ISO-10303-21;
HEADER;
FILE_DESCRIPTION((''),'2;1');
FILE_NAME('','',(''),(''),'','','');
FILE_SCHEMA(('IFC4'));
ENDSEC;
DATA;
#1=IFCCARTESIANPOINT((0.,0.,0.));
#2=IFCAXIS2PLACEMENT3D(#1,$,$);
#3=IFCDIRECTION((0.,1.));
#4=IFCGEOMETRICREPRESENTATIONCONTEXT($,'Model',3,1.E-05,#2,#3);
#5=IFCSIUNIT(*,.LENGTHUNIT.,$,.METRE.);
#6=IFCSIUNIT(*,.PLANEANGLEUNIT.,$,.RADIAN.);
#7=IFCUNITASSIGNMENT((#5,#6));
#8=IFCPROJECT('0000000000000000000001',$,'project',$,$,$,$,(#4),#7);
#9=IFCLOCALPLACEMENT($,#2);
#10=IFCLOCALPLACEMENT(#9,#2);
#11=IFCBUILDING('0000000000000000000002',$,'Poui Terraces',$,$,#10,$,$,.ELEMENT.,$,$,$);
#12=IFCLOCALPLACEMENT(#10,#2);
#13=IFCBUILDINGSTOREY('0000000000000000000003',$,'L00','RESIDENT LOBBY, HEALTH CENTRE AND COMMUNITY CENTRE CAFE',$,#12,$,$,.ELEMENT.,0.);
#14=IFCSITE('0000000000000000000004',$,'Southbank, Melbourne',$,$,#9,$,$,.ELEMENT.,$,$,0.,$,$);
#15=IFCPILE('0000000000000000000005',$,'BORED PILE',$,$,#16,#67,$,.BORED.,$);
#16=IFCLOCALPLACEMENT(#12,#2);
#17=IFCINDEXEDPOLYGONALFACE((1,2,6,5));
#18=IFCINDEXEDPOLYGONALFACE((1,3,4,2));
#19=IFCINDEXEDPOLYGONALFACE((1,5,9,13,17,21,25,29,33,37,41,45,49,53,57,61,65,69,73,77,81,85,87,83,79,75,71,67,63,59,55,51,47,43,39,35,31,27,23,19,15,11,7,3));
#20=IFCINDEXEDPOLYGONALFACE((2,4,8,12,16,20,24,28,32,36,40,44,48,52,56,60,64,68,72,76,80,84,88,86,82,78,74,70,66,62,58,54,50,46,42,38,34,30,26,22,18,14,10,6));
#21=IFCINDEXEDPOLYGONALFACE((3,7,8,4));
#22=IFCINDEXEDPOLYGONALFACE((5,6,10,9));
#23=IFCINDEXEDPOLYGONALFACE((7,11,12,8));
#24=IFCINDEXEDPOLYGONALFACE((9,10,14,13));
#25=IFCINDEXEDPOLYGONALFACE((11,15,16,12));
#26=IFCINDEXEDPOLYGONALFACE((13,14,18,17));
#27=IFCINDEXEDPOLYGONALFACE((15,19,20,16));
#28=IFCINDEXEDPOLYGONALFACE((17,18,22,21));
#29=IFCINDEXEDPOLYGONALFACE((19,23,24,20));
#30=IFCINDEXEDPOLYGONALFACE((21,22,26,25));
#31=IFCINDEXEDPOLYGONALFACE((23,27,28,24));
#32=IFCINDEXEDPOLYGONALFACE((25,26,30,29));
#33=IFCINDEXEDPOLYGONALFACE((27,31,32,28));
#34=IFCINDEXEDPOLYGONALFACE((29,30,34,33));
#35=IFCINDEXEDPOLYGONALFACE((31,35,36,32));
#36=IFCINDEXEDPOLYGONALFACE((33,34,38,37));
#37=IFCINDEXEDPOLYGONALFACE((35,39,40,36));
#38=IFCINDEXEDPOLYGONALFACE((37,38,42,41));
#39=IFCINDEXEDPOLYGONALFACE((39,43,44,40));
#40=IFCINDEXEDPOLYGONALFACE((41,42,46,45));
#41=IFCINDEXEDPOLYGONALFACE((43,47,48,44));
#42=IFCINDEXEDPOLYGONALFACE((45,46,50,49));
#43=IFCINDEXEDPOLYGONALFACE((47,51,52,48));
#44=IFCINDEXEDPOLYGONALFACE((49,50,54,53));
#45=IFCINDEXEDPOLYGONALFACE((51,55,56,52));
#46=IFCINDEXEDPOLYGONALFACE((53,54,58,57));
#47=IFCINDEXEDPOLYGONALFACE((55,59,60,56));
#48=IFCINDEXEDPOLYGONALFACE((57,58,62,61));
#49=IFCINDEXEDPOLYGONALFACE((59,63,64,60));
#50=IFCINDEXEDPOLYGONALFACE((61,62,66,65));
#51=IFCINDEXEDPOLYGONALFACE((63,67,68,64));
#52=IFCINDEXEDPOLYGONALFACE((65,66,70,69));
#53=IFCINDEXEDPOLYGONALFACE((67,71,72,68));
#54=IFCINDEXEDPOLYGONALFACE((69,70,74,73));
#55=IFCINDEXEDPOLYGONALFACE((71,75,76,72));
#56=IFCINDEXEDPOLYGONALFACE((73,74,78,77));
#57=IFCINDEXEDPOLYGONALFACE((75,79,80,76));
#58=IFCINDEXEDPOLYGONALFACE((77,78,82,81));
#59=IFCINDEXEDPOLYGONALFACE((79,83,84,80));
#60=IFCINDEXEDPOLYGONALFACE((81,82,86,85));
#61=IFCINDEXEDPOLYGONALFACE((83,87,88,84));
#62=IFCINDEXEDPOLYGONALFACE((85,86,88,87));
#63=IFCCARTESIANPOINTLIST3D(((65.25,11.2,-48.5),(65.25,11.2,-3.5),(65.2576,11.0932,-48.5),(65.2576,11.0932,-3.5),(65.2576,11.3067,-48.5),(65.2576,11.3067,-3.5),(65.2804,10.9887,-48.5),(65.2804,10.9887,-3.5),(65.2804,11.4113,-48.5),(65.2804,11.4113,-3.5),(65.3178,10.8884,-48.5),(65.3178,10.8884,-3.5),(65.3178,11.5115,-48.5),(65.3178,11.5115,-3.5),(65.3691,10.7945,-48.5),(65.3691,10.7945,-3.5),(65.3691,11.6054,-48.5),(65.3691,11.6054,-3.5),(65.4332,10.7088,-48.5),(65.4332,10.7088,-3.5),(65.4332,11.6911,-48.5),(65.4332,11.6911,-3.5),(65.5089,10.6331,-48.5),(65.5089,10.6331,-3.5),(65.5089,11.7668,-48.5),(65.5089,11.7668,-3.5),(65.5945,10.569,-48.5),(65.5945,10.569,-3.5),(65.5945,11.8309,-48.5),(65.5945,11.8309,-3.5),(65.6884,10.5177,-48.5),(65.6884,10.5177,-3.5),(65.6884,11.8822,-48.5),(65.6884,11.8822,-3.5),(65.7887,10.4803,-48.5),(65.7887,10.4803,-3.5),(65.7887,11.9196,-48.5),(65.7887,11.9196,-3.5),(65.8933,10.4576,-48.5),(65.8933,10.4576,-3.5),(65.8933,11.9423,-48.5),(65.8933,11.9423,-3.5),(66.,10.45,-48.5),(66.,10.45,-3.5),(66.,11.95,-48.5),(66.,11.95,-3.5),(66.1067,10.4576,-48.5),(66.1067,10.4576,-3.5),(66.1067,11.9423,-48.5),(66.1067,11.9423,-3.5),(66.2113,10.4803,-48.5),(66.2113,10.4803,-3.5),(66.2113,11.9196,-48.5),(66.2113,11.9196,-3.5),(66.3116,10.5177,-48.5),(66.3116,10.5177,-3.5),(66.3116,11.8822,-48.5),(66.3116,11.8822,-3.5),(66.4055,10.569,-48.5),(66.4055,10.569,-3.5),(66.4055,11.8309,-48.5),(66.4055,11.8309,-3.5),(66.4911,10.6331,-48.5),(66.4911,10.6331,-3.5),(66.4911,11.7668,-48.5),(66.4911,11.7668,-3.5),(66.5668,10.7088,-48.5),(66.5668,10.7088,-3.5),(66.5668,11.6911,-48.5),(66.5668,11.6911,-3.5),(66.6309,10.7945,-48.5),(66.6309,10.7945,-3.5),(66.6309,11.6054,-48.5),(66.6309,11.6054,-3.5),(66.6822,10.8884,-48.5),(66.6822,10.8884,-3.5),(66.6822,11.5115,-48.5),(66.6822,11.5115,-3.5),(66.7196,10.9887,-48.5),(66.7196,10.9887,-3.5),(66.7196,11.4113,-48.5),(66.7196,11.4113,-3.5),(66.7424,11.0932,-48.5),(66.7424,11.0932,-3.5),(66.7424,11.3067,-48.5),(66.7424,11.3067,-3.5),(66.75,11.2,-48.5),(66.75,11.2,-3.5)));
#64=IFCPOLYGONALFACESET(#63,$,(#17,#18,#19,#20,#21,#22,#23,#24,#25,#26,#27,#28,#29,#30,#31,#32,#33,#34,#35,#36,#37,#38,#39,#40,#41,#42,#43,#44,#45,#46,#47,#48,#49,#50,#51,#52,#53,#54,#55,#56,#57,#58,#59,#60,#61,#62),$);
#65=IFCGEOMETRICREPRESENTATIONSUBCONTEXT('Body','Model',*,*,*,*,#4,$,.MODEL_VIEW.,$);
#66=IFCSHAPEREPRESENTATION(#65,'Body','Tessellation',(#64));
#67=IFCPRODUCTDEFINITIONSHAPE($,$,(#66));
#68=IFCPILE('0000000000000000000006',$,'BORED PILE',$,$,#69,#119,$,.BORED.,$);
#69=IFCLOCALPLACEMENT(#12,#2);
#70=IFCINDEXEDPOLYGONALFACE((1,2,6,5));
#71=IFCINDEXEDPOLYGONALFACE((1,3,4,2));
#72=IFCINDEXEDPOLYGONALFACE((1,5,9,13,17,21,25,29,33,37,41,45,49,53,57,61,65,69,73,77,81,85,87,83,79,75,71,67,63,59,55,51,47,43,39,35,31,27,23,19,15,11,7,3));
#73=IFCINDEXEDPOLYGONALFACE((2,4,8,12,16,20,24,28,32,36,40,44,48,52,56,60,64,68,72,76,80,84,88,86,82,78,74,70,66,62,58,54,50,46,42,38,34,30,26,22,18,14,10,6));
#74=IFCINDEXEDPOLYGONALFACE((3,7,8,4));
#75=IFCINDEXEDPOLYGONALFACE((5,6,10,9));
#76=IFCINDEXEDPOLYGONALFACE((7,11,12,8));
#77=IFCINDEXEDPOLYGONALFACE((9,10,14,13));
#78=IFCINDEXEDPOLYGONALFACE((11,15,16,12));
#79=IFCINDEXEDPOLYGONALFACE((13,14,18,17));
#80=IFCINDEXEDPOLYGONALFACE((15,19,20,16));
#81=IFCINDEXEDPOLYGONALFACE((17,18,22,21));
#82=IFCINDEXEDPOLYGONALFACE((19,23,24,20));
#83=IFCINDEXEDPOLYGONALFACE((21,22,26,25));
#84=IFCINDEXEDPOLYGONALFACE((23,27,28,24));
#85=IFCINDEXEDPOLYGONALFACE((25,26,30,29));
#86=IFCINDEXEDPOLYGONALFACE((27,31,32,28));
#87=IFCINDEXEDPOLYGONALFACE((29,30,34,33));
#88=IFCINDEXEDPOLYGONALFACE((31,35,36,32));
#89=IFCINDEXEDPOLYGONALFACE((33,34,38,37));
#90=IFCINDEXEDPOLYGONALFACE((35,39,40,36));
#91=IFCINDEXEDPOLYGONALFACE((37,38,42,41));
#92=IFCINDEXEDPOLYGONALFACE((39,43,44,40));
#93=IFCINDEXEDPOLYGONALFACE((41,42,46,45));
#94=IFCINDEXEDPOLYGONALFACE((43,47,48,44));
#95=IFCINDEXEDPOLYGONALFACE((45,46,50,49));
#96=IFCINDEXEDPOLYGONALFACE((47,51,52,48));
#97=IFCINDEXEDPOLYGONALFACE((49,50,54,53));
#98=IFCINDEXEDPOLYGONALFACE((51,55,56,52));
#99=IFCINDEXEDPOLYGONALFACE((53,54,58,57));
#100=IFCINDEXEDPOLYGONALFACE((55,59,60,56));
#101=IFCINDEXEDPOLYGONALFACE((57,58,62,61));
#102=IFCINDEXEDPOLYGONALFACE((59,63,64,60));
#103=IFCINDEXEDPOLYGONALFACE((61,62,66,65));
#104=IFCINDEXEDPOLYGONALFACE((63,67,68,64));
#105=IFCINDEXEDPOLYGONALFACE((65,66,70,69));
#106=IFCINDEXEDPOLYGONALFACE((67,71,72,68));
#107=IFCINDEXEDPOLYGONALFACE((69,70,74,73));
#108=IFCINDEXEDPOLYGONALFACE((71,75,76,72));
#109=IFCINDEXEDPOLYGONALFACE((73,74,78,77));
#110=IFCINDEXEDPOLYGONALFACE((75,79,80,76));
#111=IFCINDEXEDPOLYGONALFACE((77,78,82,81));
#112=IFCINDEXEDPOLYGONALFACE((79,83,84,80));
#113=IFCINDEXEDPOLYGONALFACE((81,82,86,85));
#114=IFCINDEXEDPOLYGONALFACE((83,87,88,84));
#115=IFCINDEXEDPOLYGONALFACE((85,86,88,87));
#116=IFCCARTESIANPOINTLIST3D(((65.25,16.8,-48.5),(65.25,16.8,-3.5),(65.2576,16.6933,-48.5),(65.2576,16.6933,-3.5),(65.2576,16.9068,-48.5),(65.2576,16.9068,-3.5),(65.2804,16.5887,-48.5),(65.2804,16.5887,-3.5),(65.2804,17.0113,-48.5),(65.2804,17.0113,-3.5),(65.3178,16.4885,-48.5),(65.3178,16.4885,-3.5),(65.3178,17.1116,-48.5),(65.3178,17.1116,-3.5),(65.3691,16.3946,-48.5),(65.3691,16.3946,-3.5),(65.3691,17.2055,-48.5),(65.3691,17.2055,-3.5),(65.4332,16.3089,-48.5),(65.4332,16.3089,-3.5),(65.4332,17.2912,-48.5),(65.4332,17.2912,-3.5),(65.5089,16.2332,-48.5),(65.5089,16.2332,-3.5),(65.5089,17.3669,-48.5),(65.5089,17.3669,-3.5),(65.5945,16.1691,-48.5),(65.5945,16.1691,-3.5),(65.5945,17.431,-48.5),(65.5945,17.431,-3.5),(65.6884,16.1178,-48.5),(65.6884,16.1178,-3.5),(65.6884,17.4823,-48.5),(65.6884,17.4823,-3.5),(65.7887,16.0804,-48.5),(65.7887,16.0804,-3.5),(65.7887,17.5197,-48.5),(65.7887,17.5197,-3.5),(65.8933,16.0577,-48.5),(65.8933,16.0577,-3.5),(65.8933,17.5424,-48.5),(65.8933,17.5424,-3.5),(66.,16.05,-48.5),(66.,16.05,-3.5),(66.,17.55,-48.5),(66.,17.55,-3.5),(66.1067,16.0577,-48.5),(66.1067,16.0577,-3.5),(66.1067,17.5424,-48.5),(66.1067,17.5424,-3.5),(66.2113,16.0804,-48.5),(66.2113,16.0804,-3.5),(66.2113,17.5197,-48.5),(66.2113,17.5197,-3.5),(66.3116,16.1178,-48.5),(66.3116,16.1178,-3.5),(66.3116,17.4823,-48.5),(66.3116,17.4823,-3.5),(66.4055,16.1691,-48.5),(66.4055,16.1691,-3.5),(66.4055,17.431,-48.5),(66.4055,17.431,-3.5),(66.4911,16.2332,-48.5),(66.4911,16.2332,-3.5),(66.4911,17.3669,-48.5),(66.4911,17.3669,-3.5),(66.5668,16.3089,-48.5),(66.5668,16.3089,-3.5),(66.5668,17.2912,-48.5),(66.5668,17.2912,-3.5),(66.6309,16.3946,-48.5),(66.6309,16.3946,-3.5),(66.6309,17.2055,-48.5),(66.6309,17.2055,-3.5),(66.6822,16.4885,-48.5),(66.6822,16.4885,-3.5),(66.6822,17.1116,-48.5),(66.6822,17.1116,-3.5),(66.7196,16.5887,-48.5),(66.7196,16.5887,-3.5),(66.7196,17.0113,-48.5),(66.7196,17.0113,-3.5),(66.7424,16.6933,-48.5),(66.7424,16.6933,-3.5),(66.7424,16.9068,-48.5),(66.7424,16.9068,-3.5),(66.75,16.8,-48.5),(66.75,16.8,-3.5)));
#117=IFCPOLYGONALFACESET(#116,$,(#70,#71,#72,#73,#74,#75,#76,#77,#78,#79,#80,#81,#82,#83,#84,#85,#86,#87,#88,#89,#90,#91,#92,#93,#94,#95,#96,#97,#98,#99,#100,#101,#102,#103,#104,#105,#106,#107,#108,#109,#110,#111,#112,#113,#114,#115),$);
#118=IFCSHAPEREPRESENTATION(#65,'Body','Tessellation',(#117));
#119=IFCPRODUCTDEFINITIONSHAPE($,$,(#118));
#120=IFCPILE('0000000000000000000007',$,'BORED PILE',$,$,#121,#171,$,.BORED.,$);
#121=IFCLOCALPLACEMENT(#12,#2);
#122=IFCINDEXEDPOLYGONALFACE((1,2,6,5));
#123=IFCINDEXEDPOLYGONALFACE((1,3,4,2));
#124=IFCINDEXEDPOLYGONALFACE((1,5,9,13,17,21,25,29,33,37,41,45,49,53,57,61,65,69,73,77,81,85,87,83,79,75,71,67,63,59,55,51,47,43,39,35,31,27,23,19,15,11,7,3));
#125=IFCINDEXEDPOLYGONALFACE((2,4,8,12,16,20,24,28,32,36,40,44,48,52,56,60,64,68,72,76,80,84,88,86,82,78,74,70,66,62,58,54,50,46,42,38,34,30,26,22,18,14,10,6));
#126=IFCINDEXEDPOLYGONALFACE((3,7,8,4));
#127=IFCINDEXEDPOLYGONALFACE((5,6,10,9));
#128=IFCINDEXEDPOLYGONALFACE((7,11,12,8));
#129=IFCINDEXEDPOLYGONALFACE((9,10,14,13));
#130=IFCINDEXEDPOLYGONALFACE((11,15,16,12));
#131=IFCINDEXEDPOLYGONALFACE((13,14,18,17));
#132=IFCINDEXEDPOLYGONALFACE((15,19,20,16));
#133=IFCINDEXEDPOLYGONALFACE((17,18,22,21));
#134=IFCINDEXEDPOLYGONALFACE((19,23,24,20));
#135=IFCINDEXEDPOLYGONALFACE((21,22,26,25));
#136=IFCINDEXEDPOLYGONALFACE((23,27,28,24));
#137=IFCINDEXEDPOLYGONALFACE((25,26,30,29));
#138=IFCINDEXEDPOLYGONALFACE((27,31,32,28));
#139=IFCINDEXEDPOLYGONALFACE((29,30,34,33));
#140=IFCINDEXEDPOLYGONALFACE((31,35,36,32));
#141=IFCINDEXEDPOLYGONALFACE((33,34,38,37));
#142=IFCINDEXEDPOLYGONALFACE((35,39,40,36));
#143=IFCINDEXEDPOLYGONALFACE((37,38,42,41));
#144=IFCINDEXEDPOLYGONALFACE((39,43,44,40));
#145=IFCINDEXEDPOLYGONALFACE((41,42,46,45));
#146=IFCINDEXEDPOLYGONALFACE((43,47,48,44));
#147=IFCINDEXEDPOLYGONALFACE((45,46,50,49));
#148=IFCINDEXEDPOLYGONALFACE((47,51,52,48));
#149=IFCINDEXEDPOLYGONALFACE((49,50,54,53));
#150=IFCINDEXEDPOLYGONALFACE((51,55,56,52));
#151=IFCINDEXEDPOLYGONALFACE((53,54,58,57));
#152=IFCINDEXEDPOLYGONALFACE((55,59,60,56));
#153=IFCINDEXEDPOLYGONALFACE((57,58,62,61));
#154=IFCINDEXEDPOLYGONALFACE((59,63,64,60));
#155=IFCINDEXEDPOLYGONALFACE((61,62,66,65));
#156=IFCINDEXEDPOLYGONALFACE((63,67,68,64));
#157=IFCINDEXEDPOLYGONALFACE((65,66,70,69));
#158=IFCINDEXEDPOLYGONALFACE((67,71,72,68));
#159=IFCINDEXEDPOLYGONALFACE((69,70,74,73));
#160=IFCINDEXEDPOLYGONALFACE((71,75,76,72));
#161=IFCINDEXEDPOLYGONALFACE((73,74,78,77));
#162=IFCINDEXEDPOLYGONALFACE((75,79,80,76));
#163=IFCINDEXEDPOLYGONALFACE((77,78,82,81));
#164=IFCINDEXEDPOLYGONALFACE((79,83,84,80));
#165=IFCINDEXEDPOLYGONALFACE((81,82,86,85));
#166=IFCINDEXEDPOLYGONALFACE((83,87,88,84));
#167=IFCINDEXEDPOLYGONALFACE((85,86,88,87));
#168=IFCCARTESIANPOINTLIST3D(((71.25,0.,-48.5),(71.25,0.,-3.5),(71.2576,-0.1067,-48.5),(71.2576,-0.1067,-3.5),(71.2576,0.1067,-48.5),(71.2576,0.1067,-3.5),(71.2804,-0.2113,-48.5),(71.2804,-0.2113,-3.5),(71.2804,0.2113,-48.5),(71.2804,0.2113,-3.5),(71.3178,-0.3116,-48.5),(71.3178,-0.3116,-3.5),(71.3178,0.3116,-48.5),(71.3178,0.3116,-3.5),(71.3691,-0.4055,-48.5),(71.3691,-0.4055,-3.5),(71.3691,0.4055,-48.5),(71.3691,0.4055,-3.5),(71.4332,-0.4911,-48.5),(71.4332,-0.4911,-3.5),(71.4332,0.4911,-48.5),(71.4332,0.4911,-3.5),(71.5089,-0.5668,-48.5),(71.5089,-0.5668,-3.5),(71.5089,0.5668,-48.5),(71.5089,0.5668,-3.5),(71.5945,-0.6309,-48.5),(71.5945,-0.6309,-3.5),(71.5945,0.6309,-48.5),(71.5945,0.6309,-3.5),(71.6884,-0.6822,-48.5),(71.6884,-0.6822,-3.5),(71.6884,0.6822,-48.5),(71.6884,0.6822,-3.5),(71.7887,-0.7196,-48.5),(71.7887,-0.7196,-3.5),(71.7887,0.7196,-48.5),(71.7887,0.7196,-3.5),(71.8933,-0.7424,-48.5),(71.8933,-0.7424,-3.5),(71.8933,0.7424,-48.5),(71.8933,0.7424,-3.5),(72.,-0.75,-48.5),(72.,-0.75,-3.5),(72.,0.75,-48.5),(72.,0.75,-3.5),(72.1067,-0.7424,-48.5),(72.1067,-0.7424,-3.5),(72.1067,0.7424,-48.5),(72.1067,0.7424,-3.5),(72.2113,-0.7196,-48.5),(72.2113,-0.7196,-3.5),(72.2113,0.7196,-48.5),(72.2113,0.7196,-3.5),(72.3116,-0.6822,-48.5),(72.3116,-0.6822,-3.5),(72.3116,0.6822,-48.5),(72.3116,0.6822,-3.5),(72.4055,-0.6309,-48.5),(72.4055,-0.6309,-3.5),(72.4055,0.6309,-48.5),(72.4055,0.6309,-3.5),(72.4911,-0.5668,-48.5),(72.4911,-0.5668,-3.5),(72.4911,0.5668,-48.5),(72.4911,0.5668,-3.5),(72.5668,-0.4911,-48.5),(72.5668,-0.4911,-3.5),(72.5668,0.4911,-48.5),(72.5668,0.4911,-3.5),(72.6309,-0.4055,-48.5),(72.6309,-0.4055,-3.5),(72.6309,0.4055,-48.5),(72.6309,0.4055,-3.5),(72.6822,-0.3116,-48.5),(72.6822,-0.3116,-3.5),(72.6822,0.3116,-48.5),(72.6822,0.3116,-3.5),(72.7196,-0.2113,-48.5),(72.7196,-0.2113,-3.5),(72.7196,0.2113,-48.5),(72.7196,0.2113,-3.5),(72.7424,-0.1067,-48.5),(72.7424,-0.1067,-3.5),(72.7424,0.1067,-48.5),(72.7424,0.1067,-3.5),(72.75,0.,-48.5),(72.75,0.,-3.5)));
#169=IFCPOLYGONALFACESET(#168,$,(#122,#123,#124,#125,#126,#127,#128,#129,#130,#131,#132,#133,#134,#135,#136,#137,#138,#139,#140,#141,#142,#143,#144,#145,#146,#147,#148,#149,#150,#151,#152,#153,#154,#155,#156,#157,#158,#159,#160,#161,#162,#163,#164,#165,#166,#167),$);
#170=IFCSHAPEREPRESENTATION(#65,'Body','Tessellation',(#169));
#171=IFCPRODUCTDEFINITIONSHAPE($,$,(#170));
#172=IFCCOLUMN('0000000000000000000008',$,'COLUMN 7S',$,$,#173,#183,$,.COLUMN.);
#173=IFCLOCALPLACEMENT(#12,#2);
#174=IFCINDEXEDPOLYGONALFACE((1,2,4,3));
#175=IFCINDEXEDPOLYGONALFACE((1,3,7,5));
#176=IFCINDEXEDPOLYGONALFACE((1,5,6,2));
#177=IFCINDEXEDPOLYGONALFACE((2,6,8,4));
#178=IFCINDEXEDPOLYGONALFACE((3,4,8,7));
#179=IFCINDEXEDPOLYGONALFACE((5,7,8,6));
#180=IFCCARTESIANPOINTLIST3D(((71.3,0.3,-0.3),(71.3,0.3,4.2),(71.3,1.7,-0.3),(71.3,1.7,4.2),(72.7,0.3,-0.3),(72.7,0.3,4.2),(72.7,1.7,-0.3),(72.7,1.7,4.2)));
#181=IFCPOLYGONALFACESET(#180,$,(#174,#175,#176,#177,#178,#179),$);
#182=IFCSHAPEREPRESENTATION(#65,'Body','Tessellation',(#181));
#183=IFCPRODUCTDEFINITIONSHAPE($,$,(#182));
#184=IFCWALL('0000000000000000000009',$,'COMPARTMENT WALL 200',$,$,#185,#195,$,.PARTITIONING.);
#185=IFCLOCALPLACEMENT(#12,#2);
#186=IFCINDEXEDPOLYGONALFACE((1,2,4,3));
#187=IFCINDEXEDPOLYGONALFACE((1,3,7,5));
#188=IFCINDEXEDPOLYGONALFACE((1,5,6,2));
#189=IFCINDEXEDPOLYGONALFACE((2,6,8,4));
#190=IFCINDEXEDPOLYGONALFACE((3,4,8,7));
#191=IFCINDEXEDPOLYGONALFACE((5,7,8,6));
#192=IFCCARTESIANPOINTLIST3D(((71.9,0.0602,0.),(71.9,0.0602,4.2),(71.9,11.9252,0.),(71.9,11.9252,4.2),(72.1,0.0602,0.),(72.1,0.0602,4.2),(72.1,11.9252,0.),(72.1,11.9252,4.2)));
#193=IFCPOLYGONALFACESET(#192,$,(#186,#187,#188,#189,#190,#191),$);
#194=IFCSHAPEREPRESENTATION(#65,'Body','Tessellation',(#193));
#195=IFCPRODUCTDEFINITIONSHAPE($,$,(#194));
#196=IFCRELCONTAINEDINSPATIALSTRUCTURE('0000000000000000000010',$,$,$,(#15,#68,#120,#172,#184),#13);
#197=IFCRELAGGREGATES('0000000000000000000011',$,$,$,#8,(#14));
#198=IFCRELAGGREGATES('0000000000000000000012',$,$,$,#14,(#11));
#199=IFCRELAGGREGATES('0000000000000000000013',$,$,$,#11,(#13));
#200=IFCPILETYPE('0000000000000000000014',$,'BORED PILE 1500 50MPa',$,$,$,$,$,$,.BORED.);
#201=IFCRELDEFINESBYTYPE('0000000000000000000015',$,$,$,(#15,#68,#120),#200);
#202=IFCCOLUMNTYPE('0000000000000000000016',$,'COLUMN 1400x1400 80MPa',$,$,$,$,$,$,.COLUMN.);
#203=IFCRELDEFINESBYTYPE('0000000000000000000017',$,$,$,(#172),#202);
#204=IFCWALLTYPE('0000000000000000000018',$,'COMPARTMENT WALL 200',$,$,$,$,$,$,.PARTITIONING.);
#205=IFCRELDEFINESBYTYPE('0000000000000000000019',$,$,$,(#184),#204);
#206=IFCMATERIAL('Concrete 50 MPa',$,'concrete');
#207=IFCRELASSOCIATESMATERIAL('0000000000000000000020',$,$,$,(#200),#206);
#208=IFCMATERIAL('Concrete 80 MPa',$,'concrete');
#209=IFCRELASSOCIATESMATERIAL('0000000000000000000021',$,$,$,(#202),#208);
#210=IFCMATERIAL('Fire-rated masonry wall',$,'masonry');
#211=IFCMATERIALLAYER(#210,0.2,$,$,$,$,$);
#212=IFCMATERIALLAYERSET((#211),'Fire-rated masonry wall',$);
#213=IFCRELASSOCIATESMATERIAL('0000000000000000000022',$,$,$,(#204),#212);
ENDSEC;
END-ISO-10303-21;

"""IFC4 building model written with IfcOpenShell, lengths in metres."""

from ifc_helpers import new_model, si_unit, direction, frame, frame_2d, origin, origin_2d, place, context, subcontext, project, spatial, rectangle, circle, extrude, source, transform, mapped, material, layer, layer_set, material_profile, profile_set, type_object, element, save


model = new_model("IFC4")

# Units and contexts
model_context = context("Model", 3, precision=1e-05, world=origin(), true_north=direction((0.0, 1.0)))
body_context = subcontext(model_context, "Body", "Model", "MODEL_VIEW")
ifc_project = project(units=[si_unit("LENGTHUNIT", "METRE"), si_unit("PLANEANGLEUNIT", "RADIAN")], contexts=[model_context])

# Site, building, storey
site_placement = place(None, origin())
site = spatial("IfcSite", under=ifc_project, at=site_placement, Name="Southbank, Melbourne", CompositionType="ELEMENT", RefElevation=0.0)
building_placement = place(site_placement, origin())
building = spatial("IfcBuilding", under=site, at=building_placement, Name="Poui Terraces", CompositionType="ELEMENT")
storey_placement = place(building_placement, origin())
storey = spatial("IfcBuildingStorey", under=building, at=storey_placement, Name="L00", Description="RESIDENT LOBBY, HEALTH CENTRE AND COMMUNITY CENTRE CAFE", CompositionType="ELEMENT", Elevation=0.0)

# Piles
ifc_material_1 = material(Name="Concrete 50 MPa", Category="concrete")
ifc_material_profile_1 = material_profile(ifc_material_1, circle(Radius=0.75, at=origin_2d()), Name="RC D1500")
ifc_profile_set_1 = profile_set([ifc_material_profile_1], Name="Concrete 50 MPa")
pile_type = type_object("IfcPileType", Name="BORED PILE 1500 50MPa", PredefinedType="BORED", material=ifc_profile_set_1)
for number, where, z_axis, x_axis, name in (
    (1, (66.0, 11.2, -3.5), (0.0, 0.0, -1.0), (1.0, 0.0, 0.0), "BORED PILE"),
    (2, (66.0, 16.8, -3.5), (0.0, 0.0, -1.0), (1.0, 0.0, 0.0), "BORED PILE"),
    (3, (72.0, 0.0, -3.5), (0.0, 0.0, -1.0), (1.0, 0.0, 0.0), "BORED PILE"),
):
    element("IfcPile", number, at=place(storey_placement, frame(where, z_axis=z_axis, x_axis=x_axis)), inside=storey, type_object=pile_type, Name=name, PredefinedType="BORED", context=body_context, shape_type="SweptSolid", body=[
        extrude(circle(Radius=0.75, at=origin_2d()), origin(), (0.0, 0.0, 1.0), 45.0),
    ])

# Column
ifc_material_2 = material(Name="Concrete 80 MPa", Category="concrete")
ifc_material_profile_2 = material_profile(ifc_material_2, rectangle(XDim=1.3999, YDim=1.3999, at=origin_2d()), Name="RC 1400x1400")
ifc_profile_set_2 = profile_set([ifc_material_profile_2], Name="Concrete 80 MPa")
column_type = type_object("IfcColumnType", Name="COLUMN 1400x1400 80MPa", PredefinedType="COLUMN", material=ifc_profile_set_2)
shared_shape_1 = source(origin(), body_context, "Body", "SweptSolid", [
    extrude(rectangle(XDim=1.3999, YDim=1.3999, at=origin_2d()), origin(), (0.0, 0.0, 1.0), 4.5),
])
column_placement = place(storey_placement, frame((72.0, 1.0, -0.3), z_axis=(0.0, 0.0, 1.0), x_axis=(1.0, 0.0, 0.0)))
element("IfcColumn", 4, at=column_placement, inside=storey, type_object=column_type, Name="COLUMN 7S", PredefinedType="COLUMN", context=body_context, shape_type="MappedRepresentation", body=[
    mapped(shared_shape_1, transform((0.0, 0.0, 0.0))),
])

# Wall
ifc_material_3 = material(Name="Fire-rated masonry wall", Category="masonry")
ifc_layer_1 = layer(ifc_material_3, 0.2)
ifc_layer_set_1 = layer_set([ifc_layer_1], Name="Fire-rated masonry wall")
wall_type_1 = type_object("IfcWallType", Name="COMPARTMENT WALL 200", PredefinedType="PARTITIONING", material=ifc_layer_set_1)
wall_1_placement = place(storey_placement, frame((72.0, 0.0601, 0.0), z_axis=(0.0, 0.0, 1.0), x_axis=(0.0, 1.0, 0.0)))
element("IfcWall", 5, at=wall_1_placement, inside=storey, type_object=wall_type_1, Name="COMPARTMENT WALL 200", PredefinedType="PARTITIONING", context=body_context, shape_type="SweptSolid", body=[
    extrude(rectangle(XDim=11.865, YDim=0.2, at=frame_2d((5.9326, 0.0))), origin(), (0.0, 0.0, 1.0), 4.2),
])

save(model, "model.ifc")
